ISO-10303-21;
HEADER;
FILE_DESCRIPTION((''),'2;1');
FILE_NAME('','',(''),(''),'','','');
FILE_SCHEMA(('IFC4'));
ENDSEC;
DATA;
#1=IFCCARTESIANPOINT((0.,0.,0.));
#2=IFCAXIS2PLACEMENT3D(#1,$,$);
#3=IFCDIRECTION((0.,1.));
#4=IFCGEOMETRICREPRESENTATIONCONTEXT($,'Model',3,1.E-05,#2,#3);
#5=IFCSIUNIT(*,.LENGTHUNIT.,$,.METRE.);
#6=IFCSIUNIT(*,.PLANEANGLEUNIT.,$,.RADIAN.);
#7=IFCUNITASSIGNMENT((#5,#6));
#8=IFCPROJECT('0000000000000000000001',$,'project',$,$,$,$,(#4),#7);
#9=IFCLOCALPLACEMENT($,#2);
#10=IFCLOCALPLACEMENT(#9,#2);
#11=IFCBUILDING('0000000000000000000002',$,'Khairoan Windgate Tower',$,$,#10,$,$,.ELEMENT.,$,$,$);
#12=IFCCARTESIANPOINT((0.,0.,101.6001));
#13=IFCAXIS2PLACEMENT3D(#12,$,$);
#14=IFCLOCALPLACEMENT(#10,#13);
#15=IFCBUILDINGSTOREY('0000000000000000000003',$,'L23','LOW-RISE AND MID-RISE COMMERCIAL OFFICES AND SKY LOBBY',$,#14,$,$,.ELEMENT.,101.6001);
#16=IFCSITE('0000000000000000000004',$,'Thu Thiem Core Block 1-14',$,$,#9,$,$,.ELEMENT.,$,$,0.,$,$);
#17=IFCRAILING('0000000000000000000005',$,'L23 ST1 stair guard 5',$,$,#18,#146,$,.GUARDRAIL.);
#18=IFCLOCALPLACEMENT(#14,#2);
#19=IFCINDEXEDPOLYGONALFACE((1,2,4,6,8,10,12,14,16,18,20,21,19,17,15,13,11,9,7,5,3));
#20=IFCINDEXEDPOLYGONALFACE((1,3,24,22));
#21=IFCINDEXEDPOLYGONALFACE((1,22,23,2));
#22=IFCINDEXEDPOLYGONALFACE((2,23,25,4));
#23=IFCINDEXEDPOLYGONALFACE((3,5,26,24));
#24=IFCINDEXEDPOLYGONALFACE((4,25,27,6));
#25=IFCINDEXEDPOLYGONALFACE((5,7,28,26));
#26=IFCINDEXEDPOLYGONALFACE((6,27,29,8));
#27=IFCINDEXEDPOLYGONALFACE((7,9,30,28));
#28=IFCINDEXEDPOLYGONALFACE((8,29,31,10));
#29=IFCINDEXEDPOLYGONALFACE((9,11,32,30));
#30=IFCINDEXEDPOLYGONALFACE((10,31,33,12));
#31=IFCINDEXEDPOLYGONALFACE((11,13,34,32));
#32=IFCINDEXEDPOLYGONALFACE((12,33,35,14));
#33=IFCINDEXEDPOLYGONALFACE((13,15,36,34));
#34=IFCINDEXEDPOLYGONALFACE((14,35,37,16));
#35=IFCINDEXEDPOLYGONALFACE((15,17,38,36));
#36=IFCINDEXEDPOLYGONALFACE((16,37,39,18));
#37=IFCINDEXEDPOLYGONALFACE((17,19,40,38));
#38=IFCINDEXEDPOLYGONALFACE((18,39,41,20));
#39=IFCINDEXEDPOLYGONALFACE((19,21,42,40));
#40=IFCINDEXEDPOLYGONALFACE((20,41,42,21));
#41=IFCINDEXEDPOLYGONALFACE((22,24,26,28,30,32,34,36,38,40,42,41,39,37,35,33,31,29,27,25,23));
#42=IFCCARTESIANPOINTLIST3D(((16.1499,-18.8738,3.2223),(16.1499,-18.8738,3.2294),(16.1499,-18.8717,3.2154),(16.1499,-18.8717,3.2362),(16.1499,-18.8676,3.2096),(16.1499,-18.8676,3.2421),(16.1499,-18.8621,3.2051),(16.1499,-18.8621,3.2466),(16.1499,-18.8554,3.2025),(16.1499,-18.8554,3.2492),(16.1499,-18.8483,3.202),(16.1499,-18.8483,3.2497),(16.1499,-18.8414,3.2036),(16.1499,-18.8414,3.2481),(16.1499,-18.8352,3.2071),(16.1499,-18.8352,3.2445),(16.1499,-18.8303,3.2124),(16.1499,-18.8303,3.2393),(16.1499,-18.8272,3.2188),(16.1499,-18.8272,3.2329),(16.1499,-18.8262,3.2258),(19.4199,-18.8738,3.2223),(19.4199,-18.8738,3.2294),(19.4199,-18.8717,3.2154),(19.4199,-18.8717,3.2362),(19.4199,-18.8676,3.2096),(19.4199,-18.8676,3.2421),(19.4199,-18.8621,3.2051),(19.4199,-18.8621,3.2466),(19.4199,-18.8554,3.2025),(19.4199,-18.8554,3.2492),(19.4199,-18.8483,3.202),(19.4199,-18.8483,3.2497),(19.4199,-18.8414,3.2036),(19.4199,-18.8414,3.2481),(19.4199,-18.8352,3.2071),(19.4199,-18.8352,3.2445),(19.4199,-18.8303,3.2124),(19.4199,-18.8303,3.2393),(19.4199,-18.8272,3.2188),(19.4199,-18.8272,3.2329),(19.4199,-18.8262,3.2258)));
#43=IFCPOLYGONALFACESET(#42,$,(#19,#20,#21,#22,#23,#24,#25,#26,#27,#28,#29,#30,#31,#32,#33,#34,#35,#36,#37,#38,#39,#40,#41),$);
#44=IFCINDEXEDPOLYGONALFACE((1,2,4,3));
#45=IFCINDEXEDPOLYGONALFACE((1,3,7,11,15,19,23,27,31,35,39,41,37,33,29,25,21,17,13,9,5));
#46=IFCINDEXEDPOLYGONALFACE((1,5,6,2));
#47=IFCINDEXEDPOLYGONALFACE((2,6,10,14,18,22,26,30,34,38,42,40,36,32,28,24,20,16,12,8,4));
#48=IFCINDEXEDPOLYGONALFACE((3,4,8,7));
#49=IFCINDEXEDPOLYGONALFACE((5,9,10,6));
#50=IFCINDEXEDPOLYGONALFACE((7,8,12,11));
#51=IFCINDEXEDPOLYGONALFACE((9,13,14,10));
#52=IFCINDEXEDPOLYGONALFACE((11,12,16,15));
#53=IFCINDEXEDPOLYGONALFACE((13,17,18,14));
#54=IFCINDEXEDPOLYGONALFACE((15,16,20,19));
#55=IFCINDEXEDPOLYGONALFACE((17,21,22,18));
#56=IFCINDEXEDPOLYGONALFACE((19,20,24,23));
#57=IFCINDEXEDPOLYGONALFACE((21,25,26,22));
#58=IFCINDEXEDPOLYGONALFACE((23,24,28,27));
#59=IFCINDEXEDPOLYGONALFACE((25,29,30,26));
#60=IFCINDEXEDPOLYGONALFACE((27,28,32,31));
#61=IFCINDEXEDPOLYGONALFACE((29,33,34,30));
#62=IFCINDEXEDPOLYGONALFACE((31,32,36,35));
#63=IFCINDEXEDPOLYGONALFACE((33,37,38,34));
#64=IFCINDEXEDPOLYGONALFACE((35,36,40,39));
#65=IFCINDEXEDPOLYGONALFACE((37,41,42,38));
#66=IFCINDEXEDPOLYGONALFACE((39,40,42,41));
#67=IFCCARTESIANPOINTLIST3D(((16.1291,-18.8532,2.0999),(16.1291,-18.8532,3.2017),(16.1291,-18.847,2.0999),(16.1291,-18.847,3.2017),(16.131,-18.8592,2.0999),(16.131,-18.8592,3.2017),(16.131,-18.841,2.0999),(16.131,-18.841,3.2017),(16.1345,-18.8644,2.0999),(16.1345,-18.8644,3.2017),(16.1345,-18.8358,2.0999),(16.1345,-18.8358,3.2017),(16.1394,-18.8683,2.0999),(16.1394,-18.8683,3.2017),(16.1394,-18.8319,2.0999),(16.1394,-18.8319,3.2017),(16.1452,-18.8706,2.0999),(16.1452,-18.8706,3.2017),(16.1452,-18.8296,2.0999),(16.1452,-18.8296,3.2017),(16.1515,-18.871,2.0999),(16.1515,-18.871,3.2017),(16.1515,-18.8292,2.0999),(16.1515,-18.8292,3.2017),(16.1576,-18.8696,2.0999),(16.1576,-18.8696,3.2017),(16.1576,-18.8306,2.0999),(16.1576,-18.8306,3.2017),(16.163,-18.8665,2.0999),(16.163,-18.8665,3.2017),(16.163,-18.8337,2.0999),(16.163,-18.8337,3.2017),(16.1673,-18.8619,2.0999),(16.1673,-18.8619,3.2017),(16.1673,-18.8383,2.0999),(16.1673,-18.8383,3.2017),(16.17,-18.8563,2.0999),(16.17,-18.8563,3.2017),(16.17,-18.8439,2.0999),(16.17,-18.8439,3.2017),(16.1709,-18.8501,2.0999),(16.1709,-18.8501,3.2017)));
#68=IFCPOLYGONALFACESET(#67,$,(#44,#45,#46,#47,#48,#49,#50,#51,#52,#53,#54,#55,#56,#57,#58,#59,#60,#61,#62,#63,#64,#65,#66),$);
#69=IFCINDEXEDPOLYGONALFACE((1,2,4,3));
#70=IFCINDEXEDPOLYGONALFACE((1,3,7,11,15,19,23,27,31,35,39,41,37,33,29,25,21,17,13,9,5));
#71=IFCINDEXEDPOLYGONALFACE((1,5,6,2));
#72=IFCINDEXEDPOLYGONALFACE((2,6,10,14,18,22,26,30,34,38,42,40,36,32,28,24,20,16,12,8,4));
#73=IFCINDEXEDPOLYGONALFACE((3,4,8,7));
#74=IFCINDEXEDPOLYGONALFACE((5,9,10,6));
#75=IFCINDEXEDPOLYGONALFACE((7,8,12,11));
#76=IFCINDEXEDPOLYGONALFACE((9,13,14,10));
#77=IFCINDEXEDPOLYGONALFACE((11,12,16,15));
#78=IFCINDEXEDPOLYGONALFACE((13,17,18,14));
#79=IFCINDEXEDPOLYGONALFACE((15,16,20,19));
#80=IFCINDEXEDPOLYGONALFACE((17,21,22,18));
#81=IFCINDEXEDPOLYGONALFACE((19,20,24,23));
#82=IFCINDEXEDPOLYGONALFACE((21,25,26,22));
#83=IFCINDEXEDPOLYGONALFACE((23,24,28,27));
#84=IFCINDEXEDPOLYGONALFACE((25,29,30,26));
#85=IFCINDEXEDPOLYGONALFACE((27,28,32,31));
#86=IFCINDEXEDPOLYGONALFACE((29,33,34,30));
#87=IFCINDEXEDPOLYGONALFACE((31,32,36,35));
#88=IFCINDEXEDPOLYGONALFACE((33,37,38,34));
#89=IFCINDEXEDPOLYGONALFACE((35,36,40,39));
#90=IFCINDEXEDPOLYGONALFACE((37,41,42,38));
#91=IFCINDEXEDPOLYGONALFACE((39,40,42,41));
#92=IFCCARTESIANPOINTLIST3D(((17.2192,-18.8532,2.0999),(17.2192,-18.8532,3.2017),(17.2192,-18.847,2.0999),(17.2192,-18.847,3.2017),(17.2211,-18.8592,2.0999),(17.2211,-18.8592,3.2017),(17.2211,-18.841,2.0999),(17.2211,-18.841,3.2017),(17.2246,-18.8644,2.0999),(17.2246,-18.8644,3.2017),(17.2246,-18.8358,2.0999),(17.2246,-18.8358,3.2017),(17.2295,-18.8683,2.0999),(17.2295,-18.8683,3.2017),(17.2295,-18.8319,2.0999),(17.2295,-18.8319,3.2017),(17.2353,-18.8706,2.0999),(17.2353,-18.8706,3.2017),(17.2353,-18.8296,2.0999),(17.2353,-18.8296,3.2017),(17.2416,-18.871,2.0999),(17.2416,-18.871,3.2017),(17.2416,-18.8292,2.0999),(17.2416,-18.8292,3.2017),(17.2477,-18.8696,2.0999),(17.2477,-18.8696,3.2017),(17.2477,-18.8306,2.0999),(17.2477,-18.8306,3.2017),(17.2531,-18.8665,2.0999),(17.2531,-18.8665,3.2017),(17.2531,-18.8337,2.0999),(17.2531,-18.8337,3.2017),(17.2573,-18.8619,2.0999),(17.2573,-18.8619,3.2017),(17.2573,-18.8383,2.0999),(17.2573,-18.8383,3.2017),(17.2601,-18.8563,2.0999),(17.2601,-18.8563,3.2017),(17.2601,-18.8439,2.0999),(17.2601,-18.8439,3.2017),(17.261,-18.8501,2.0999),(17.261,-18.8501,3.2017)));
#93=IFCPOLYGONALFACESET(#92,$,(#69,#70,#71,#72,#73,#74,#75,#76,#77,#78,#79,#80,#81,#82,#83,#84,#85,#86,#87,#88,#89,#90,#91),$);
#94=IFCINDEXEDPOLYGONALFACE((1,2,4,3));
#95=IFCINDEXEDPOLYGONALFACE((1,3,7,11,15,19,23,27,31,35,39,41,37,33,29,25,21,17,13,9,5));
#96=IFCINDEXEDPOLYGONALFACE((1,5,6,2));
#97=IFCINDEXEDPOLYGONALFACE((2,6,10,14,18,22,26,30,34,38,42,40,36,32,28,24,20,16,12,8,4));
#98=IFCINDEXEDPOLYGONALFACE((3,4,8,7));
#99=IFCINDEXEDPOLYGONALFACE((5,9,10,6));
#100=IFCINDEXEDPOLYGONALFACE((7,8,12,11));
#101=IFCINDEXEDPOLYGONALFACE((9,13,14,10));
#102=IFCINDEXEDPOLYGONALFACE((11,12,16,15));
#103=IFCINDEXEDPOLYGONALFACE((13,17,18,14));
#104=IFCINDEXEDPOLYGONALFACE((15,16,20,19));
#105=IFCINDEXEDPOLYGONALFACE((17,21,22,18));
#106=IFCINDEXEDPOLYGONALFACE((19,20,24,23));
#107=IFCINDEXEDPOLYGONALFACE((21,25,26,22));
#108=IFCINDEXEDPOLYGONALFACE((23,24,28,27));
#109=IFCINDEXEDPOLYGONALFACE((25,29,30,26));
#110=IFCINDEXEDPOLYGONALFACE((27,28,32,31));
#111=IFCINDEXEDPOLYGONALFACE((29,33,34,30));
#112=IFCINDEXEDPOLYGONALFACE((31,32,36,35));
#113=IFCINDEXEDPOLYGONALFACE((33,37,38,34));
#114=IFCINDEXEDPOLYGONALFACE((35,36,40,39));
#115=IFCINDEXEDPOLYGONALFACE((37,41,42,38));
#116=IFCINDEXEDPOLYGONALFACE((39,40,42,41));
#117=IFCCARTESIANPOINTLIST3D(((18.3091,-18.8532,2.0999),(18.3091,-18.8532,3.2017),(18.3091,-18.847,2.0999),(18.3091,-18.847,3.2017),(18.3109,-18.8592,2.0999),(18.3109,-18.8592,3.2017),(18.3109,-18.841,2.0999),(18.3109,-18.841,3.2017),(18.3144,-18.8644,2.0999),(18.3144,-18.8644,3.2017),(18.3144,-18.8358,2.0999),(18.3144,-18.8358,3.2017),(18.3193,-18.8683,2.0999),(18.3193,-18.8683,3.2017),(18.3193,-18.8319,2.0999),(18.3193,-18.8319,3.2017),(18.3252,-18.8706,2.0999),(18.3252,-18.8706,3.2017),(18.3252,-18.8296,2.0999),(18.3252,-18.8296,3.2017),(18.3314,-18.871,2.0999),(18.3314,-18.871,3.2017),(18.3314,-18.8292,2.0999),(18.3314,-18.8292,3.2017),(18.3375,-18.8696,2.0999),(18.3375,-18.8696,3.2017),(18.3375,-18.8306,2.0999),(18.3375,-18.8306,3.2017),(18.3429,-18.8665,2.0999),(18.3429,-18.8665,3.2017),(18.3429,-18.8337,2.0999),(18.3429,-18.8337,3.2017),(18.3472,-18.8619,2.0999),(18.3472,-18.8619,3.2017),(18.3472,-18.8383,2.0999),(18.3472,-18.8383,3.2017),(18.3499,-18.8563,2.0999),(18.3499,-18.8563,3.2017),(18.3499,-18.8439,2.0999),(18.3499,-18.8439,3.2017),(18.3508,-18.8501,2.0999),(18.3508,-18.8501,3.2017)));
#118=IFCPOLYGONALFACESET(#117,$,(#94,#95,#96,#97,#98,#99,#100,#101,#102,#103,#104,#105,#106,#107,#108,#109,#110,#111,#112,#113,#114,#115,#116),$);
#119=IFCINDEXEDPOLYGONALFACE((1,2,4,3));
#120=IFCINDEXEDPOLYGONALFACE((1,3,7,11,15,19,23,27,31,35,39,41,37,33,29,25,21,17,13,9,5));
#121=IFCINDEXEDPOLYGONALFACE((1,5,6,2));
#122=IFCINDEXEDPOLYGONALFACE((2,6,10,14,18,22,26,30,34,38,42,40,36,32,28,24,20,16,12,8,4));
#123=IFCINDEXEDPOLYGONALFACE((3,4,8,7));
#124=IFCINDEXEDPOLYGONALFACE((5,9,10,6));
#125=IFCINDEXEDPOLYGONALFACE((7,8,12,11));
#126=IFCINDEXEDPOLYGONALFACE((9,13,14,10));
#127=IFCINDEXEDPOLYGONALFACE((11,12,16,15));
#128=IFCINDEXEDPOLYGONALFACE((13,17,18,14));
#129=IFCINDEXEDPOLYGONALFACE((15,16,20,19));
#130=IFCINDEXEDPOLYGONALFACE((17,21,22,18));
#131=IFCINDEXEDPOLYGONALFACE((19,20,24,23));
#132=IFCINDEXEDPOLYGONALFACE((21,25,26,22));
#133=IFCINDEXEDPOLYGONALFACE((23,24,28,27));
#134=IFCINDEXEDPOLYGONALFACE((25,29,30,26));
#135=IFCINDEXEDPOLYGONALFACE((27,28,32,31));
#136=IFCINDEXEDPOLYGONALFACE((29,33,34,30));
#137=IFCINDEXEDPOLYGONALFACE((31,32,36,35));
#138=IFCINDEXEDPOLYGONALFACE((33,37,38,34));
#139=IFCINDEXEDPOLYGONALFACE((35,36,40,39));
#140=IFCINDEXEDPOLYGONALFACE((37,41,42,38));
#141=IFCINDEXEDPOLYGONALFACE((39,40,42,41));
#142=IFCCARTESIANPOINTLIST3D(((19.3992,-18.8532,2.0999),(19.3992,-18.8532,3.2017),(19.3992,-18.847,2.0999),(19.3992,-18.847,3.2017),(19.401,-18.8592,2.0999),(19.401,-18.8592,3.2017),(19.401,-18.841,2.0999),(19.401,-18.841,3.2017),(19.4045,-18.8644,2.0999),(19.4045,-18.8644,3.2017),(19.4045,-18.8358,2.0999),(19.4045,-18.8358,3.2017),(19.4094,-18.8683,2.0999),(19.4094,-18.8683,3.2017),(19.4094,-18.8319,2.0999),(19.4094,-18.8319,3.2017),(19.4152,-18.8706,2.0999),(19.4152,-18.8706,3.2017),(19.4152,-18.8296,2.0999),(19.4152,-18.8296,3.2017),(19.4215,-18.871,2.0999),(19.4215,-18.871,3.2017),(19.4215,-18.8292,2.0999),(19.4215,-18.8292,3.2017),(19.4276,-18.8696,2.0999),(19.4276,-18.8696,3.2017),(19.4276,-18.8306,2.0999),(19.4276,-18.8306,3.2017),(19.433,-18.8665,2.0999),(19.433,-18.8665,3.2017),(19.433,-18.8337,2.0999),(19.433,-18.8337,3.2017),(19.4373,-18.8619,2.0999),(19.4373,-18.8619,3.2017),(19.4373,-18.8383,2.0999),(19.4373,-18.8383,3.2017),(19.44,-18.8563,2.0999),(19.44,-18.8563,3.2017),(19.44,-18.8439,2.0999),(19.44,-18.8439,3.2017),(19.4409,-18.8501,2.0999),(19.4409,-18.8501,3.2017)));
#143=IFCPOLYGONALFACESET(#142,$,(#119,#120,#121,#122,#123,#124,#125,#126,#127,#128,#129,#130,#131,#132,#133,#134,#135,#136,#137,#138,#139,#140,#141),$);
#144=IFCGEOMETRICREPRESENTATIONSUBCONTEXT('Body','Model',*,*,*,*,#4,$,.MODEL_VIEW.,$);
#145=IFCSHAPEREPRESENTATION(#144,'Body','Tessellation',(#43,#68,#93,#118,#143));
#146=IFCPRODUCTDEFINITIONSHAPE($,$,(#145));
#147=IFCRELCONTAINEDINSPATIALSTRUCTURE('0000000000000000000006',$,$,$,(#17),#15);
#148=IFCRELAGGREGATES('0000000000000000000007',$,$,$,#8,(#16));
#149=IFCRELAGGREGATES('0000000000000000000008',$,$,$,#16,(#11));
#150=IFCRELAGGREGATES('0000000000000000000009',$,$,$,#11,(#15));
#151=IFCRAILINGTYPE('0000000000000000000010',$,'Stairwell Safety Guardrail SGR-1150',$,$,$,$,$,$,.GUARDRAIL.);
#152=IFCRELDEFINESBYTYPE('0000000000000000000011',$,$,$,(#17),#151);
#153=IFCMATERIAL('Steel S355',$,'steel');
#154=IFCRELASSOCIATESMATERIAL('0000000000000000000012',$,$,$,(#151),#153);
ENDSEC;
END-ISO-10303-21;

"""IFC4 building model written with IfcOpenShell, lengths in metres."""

from ifc_helpers import new_model, si_unit, direction, frame, origin, origin_2d, place, context, subcontext, project, spatial, circle, extrude, material, type_object, element, save


model = new_model("IFC4")

# Units and contexts
model_context = context("Model", 3, precision=1e-05, world=origin(), true_north=direction((0.0, 1.0)))
body_context = subcontext(model_context, "Body", "Model", "MODEL_VIEW")
ifc_project = project(units=[si_unit("LENGTHUNIT", "METRE"), si_unit("PLANEANGLEUNIT", "RADIAN")], contexts=[model_context])

# Site, building, storey
site_placement = place(None, origin())
site = spatial("IfcSite", under=ifc_project, at=site_placement, Name="Thu Thiem Core Block 1-14", CompositionType="ELEMENT", RefElevation=0.0)
building_placement = place(site_placement, origin())
building = spatial("IfcBuilding", under=site, at=building_placement, Name="Khairoan Windgate Tower", CompositionType="ELEMENT")
storey_placement = place(building_placement, frame((0.0, 0.0, 101.6001)))
storey = spatial("IfcBuildingStorey", under=building, at=storey_placement, Name="L23", Description="LOW-RISE AND MID-RISE COMMERCIAL OFFICES AND SKY LOBBY", CompositionType="ELEMENT", Elevation=101.6001)

# Railing
ifc_material_1 = material(Name="Steel S355", Category="steel")
railing_type = type_object("IfcRailingType", Name="Stairwell Safety Guardrail SGR-1150", PredefinedType="GUARDRAIL", material=ifc_material_1)
railing_1_placement = place(storey_placement, frame((16.1499, -18.8501, 2.0999)))
element("IfcRailing", 1, at=railing_1_placement, inside=storey, type_object=railing_type, Name="L23 ST1 stair guard 5", PredefinedType="GUARDRAIL", context=body_context, shape_type="SweptSolid", body=[
    extrude(circle(Radius=0.0239, at=origin_2d()), frame((0.0, 0.0, 1.126), z_axis=(1.0, 0.0, 0.0), x_axis=(0.0, 1.0, 0.0)), (0.0, 0.0, 1.0), 3.27),
    extrude(circle(Radius=0.021, at=origin_2d()), origin(), (0.0, 0.0, 1.0), 1.1018),
    extrude(circle(Radius=0.021, at=origin_2d()), frame((1.0901, 0.0, 0.0)), (0.0, 0.0, 1.0), 1.1018),
    extrude(circle(Radius=0.021, at=origin_2d()), frame((2.1799, 0.0, 0.0)), (0.0, 0.0, 1.0), 1.1018),
    extrude(circle(Radius=0.021, at=origin_2d()), frame((3.27, 0.0, 0.0)), (0.0, 0.0, 1.0), 1.1018),
])

save(model, "model.ifc")
